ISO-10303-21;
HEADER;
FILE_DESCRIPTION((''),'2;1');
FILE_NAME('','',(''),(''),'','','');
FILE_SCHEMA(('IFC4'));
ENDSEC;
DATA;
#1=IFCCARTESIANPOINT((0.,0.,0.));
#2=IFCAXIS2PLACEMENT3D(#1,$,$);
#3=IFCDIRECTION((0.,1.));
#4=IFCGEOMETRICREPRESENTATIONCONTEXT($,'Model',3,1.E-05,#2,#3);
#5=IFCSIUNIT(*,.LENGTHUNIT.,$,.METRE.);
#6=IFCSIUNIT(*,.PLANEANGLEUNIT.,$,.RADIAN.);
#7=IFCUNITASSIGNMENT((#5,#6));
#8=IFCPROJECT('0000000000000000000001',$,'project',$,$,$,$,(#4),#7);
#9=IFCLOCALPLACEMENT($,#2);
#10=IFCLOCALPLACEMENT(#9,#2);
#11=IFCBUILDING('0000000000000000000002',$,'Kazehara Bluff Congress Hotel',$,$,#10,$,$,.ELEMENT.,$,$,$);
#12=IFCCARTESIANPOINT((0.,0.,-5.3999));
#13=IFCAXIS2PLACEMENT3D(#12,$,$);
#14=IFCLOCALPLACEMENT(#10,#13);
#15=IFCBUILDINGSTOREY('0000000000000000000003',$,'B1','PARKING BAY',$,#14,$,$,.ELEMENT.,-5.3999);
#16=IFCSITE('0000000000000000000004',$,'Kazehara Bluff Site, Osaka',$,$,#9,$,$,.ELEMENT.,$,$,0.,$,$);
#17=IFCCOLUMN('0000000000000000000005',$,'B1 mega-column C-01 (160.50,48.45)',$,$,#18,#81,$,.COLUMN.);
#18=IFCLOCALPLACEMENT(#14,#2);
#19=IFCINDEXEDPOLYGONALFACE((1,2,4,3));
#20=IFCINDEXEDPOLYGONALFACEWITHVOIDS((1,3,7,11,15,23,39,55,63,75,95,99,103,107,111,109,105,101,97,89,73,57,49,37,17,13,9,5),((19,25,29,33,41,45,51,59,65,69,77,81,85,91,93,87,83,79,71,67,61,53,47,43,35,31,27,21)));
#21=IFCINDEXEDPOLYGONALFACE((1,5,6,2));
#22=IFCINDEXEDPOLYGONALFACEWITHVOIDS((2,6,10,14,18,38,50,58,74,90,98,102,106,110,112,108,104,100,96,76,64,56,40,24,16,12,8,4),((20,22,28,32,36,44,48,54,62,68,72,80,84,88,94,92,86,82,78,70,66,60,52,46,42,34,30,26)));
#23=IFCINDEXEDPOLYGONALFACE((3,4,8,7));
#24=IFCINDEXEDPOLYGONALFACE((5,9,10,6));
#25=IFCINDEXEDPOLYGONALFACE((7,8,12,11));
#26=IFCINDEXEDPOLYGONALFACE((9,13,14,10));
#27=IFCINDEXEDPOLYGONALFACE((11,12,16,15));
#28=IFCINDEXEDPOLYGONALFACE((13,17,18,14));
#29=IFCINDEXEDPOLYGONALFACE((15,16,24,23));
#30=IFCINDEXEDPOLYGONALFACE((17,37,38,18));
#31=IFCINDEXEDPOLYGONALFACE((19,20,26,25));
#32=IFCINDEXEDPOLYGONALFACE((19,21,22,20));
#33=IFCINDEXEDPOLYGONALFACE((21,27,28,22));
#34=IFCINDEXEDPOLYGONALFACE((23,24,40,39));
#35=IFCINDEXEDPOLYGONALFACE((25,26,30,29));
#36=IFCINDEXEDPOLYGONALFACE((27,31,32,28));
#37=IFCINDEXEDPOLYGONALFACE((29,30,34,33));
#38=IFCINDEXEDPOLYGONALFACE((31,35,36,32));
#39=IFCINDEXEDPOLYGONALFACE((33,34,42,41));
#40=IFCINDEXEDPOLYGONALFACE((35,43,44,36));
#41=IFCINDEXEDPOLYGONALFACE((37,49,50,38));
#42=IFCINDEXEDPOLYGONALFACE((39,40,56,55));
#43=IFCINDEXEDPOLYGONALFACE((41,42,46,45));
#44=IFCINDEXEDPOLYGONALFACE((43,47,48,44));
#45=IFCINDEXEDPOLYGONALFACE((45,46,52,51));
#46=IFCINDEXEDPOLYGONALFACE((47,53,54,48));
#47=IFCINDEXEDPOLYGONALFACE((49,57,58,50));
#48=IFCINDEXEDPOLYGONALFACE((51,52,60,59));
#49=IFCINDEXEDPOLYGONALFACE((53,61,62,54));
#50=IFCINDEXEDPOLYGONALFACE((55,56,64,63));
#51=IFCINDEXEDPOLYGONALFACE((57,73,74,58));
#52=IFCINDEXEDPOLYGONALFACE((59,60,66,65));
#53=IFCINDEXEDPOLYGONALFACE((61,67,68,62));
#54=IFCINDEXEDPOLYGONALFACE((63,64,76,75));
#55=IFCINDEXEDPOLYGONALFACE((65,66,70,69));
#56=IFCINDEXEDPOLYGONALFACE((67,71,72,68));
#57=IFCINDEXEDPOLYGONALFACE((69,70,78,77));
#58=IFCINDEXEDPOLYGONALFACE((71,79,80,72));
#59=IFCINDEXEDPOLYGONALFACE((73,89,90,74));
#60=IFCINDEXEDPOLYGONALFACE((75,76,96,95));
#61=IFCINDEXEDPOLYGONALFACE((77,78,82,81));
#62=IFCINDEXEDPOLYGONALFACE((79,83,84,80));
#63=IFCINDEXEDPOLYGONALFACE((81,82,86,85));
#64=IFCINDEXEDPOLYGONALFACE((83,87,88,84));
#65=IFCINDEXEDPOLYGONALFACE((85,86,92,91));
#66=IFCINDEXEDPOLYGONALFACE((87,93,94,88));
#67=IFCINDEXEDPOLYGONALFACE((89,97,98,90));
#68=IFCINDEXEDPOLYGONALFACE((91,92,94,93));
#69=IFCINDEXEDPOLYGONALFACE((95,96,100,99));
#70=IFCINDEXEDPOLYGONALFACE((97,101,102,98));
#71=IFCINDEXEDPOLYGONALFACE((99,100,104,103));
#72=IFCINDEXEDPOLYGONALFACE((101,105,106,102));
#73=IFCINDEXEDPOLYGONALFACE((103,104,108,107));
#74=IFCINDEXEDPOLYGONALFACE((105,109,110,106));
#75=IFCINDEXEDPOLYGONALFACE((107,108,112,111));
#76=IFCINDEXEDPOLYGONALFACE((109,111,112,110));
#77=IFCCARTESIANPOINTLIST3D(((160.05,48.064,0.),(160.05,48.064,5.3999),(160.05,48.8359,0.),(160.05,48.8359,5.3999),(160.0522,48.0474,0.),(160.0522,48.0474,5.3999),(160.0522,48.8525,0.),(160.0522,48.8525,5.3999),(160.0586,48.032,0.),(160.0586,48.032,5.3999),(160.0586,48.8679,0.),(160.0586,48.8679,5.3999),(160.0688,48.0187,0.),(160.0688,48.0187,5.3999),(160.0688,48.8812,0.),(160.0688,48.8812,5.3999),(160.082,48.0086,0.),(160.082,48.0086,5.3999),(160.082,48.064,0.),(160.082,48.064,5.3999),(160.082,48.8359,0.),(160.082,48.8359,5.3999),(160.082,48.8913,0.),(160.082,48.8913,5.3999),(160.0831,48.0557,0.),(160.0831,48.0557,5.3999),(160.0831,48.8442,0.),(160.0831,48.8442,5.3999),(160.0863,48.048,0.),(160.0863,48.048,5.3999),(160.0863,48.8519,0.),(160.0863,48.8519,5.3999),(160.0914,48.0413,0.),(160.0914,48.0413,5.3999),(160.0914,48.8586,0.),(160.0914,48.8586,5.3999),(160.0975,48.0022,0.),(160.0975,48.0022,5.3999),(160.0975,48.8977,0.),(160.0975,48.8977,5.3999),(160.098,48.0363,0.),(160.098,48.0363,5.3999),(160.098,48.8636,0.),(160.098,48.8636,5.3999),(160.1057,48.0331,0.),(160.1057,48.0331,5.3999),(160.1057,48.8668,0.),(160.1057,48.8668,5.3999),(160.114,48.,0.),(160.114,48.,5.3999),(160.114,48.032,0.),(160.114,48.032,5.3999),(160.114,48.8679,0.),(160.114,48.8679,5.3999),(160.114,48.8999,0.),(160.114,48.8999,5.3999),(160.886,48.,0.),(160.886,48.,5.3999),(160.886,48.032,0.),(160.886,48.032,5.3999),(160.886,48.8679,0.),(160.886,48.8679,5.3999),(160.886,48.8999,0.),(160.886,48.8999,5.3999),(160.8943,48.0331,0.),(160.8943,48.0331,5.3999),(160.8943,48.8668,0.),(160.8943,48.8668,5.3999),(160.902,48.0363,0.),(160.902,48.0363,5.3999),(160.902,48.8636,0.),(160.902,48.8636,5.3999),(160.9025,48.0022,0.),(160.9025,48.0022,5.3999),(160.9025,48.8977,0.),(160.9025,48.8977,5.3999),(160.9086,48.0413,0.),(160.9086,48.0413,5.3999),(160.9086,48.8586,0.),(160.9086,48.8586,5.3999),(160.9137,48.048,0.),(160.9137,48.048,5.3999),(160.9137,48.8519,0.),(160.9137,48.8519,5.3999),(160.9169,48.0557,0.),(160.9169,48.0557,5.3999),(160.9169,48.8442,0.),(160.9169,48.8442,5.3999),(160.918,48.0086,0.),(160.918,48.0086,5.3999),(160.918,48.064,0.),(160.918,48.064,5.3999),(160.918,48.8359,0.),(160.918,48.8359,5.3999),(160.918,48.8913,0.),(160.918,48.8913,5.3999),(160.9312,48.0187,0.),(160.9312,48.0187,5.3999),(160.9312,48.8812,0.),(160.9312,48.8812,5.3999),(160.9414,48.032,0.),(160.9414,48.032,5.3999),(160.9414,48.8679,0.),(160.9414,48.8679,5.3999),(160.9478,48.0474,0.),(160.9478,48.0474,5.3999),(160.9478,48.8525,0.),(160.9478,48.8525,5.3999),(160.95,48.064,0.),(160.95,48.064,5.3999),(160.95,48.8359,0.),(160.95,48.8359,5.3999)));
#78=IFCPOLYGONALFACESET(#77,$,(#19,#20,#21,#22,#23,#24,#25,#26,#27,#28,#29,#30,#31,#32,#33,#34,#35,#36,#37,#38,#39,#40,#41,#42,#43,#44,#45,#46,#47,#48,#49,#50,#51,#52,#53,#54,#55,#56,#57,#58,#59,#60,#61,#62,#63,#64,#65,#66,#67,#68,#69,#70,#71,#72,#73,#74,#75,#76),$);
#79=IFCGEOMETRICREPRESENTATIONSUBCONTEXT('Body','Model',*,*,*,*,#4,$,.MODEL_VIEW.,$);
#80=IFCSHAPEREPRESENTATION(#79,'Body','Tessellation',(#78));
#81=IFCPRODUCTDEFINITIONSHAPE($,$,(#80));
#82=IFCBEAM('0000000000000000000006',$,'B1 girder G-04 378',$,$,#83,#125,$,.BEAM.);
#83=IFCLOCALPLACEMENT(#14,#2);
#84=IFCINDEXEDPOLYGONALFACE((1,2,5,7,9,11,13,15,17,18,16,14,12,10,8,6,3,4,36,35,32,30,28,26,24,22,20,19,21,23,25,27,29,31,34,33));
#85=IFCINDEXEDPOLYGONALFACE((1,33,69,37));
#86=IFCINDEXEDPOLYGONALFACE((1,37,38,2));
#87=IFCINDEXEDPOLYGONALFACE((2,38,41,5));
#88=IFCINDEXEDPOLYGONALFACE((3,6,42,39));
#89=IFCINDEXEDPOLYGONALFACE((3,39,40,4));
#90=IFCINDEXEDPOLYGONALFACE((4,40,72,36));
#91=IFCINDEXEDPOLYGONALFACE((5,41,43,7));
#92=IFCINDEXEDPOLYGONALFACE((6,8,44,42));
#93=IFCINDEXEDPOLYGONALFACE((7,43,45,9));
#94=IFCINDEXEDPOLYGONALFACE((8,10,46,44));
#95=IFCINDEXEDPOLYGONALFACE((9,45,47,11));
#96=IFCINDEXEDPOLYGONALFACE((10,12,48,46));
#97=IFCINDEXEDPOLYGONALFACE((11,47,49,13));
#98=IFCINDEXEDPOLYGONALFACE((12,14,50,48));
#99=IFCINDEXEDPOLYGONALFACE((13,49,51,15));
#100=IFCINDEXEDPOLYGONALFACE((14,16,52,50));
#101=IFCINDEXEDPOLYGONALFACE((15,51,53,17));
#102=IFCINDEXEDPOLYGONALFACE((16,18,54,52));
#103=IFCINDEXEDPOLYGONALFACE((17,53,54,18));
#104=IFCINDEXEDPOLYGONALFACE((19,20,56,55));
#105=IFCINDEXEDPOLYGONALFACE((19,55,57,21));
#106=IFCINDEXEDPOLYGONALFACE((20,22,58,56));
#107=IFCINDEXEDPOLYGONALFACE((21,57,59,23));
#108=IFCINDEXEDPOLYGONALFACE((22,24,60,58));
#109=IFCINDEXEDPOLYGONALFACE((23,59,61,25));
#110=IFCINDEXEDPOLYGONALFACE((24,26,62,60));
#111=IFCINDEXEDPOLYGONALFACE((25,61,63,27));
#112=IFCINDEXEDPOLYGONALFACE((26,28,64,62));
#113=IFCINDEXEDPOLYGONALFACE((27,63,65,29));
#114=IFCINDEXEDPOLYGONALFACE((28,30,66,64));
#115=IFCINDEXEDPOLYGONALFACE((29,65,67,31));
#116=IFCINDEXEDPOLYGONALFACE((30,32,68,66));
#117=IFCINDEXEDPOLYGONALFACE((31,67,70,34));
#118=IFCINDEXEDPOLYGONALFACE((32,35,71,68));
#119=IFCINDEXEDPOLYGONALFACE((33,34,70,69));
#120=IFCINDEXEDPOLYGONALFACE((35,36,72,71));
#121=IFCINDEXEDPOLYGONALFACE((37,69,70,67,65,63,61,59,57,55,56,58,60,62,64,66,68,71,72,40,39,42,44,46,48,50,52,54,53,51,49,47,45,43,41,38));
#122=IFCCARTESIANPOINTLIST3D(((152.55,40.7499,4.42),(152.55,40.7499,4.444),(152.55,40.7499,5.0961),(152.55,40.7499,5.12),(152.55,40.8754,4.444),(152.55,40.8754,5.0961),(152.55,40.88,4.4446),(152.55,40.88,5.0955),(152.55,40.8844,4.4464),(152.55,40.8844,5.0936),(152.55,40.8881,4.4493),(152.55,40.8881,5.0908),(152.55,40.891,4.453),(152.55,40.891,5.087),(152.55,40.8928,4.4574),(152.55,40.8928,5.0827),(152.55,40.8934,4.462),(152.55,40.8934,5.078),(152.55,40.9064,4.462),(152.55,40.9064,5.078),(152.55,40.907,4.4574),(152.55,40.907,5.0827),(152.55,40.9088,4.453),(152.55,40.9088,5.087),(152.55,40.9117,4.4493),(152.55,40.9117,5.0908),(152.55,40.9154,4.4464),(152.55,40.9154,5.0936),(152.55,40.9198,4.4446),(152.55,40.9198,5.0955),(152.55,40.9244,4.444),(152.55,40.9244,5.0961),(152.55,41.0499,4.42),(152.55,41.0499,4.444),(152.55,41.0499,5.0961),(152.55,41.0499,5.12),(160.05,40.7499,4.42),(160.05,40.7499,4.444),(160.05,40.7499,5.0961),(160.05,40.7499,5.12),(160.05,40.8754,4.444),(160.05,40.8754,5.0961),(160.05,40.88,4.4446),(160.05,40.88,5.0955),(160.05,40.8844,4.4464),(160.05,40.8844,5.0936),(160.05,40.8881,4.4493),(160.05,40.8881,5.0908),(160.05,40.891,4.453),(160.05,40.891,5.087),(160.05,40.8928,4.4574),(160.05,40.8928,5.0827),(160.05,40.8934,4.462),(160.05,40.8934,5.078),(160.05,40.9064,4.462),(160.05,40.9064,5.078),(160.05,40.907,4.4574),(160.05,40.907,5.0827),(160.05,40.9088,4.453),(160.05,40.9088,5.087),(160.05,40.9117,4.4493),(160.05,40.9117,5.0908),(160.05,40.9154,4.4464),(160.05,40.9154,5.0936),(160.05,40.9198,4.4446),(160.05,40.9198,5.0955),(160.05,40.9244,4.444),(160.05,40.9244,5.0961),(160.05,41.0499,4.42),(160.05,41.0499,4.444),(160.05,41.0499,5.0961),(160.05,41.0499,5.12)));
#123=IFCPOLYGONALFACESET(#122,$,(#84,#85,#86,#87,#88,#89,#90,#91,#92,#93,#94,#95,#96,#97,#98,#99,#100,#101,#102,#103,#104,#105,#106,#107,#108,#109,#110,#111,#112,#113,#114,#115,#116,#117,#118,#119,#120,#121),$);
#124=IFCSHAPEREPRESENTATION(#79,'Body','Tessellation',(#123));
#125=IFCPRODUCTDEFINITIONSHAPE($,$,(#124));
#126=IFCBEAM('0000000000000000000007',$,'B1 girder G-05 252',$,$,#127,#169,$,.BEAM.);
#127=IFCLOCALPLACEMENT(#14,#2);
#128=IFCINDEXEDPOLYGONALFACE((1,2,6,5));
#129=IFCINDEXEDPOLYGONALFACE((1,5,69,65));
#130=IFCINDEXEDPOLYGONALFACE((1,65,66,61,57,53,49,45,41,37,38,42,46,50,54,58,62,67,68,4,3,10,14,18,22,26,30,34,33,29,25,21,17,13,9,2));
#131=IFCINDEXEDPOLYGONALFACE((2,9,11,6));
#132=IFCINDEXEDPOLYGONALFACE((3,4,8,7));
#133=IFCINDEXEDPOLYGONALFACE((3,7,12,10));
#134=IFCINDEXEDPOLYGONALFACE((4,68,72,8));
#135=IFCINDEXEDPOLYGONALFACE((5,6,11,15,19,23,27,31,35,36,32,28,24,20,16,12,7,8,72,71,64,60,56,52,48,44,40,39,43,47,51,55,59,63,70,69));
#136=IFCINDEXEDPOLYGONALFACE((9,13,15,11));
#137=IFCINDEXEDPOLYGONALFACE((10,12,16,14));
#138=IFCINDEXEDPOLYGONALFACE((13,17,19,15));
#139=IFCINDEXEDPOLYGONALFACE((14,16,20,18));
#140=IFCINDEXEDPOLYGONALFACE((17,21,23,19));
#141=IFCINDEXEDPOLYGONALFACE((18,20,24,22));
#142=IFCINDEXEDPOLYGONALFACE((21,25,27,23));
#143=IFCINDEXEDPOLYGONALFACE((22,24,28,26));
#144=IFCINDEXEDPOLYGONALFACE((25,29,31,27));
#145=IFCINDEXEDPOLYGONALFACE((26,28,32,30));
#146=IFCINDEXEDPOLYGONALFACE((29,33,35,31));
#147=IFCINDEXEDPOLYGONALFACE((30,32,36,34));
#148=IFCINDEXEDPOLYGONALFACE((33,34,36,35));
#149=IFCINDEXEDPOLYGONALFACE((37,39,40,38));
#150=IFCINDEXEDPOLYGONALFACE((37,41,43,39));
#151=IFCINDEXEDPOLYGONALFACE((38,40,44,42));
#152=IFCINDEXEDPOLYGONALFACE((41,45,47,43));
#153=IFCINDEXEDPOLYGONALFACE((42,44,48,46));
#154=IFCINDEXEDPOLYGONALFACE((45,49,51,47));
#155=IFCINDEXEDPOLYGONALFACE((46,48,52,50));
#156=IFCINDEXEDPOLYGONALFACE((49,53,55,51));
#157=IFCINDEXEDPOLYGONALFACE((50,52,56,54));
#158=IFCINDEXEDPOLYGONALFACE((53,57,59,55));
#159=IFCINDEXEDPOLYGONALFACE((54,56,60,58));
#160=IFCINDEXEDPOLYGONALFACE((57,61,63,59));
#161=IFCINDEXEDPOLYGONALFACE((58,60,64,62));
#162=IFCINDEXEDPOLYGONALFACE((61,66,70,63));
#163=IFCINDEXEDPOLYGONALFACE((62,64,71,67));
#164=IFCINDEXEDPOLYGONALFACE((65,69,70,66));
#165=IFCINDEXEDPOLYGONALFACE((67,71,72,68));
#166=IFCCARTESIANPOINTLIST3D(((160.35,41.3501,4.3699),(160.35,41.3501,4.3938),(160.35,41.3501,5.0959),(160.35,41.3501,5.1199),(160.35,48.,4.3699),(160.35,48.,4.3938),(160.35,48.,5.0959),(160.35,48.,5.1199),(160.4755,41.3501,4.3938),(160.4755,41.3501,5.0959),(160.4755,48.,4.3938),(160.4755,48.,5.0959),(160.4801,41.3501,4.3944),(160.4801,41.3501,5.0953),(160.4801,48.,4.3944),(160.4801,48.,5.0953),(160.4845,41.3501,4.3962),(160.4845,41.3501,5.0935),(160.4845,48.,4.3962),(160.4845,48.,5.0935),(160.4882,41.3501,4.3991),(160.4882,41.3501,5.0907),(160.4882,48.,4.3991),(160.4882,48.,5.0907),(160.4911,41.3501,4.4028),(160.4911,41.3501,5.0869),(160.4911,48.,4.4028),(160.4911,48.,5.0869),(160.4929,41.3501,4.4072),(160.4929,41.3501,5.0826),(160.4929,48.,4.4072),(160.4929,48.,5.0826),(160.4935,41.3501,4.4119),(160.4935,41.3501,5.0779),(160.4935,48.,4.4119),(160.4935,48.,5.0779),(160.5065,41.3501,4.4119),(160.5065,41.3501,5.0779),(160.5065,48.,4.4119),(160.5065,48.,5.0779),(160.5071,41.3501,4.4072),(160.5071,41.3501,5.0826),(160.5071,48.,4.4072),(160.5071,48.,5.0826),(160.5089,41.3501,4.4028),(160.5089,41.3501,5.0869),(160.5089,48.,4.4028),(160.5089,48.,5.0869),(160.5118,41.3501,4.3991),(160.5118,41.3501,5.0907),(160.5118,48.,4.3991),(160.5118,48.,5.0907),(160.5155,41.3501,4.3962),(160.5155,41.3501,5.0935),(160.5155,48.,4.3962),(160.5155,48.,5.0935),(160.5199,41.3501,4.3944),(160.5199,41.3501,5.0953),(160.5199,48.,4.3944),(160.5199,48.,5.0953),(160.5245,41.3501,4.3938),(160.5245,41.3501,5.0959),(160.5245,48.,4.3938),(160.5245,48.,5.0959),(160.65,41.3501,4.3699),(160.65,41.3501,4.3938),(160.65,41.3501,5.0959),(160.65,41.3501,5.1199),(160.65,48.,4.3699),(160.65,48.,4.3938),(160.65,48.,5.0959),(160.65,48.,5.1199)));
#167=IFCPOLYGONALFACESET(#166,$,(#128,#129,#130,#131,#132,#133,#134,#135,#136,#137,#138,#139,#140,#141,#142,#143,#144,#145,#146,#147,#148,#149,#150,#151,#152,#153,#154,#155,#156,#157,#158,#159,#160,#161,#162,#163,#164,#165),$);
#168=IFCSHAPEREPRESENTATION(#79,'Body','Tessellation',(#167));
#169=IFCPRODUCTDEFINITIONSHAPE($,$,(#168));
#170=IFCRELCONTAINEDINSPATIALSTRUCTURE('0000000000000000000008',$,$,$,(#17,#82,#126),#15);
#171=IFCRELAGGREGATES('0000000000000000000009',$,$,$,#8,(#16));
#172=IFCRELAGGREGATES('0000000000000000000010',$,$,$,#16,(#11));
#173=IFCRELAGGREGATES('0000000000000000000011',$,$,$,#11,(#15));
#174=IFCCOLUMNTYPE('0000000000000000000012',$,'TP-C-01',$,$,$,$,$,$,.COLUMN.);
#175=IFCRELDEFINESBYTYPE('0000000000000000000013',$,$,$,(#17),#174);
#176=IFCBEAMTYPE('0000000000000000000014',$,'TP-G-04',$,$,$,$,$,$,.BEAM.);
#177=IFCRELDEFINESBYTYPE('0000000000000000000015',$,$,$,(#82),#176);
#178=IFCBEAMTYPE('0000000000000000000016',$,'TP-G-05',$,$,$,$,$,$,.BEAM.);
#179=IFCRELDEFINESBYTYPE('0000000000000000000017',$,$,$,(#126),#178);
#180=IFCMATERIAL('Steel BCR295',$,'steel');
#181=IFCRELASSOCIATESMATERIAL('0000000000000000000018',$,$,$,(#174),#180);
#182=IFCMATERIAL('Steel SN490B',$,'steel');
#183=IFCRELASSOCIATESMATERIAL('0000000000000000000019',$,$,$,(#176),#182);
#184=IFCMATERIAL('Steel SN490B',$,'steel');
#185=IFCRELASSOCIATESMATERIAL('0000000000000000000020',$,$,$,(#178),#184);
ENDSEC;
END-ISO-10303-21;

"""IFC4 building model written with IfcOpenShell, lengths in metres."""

from ifc_helpers import new_model, si_unit, direction, frame, origin, origin_2d, place, context, subcontext, project, spatial, hollow_rectangle, i_section, extrude, material, material_profile, profile_set, type_object, element, save


model = new_model("IFC4")

# Units and contexts
model_context = context("Model", 3, precision=1e-05, world=origin(), true_north=direction((0.0, 1.0)))
body_context = subcontext(model_context, "Body", "Model", "MODEL_VIEW")
ifc_project = project(units=[si_unit("LENGTHUNIT", "METRE"), si_unit("PLANEANGLEUNIT", "RADIAN")], contexts=[model_context])

# Site, building, storey
site_placement = place(None, origin())
site = spatial("IfcSite", under=ifc_project, at=site_placement, Name="Kazehara Bluff Site, Osaka", CompositionType="ELEMENT", RefElevation=0.0)
building_placement = place(site_placement, origin())
building = spatial("IfcBuilding", under=site, at=building_placement, Name="Kazehara Bluff Congress Hotel", CompositionType="ELEMENT")
storey_placement = place(building_placement, frame((0.0, 0.0, -5.3999)))
storey = spatial("IfcBuildingStorey", under=building, at=storey_placement, Name="B1", Description="PARKING BAY", CompositionType="ELEMENT", Elevation=-5.3999)

# Column
ifc_material_1 = material(Name="Steel BCR295", Category="steel")
ifc_material_profile_1 = material_profile(ifc_material_1, hollow_rectangle(XDim=0.8999, YDim=0.8999, WallThickness=0.032, InnerFilletRadius=0.032, OuterFilletRadius=0.064, at=origin_2d()))
ifc_profile_set_1 = profile_set([ifc_material_profile_1], Name="Steel BCR295")
column_type = type_object("IfcColumnType", Name="TP-C-01", PredefinedType="COLUMN", material=ifc_profile_set_1)
for number, where, z_axis, x_axis, name in (
    (1, (160.5, 48.45, 0.0), (0.0, 0.0, 1.0), (1.0, 0.0, 0.0), "B1 mega-column C-01 (160.50,48.45)"),
):
    element("IfcColumn", number, at=place(storey_placement, frame(where, z_axis=z_axis, x_axis=x_axis)), inside=storey, type_object=column_type, Name=name, PredefinedType="COLUMN", context=body_context, shape_type="SweptSolid", body=[
        extrude(hollow_rectangle(XDim=0.8999, YDim=0.8999, WallThickness=0.032, InnerFilletRadius=0.032, OuterFilletRadius=0.064, at=origin_2d()), origin(), (0.0, 0.0, 1.0), 5.3999),
    ])

# Beams
ifc_material_2 = material(Name="Steel SN490B", Category="steel")
ifc_material_profile_2 = material_profile(ifc_material_2, i_section(OverallWidth=0.3, OverallDepth=0.7, WebThickness=0.0129, FlangeThickness=0.0239, FilletRadius=0.0181, at=origin_2d()))
ifc_profile_set_2 = profile_set([ifc_material_profile_2], Name="Steel SN490B")
beam_type_1 = type_object("IfcBeamType", Name="TP-G-04", PredefinedType="BEAM", material=ifc_profile_set_2)
beam_1_placement = place(storey_placement, frame((152.55, 40.8999, 4.77), z_axis=(1.0, 0.0, 0.0), x_axis=(0.0, 1.0, 0.0)))
element("IfcBeam", 2, at=beam_1_placement, inside=storey, type_object=beam_type_1, Name="B1 girder G-04 378", PredefinedType="BEAM", context=body_context, shape_type="SweptSolid", body=[
    extrude(i_section(OverallWidth=0.3, OverallDepth=0.7, WebThickness=0.0129, FlangeThickness=0.0239, FilletRadius=0.0181, at=origin_2d()), origin(), (0.0, 0.0, 1.0), 7.5),
])
ifc_material_3 = material(Name="Steel SN490B", Category="steel")
ifc_material_profile_3 = material_profile(ifc_material_3, i_section(OverallWidth=0.3, OverallDepth=0.75, WebThickness=0.0129, FlangeThickness=0.0239, FilletRadius=0.0181, at=origin_2d()))
ifc_profile_set_3 = profile_set([ifc_material_profile_3], Name="Steel SN490B")
beam_type_2 = type_object("IfcBeamType", Name="TP-G-05", PredefinedType="BEAM", material=ifc_profile_set_3)
beam_2_placement = place(storey_placement, frame((160.5, 41.3501, 4.7449), z_axis=(0.0, 1.0, 0.0), x_axis=(-1.0, 0.0, 0.0)))
element("IfcBeam", 3, at=beam_2_placement, inside=storey, type_object=beam_type_2, Name="B1 girder G-05 252", PredefinedType="BEAM", context=body_context, shape_type="SweptSolid", body=[
    extrude(i_section(OverallWidth=0.3, OverallDepth=0.75, WebThickness=0.0129, FlangeThickness=0.0239, FilletRadius=0.0181, at=origin_2d()), origin(), (0.0, 0.0, 1.0), 6.6499),
])

save(model, "model.ifc")
